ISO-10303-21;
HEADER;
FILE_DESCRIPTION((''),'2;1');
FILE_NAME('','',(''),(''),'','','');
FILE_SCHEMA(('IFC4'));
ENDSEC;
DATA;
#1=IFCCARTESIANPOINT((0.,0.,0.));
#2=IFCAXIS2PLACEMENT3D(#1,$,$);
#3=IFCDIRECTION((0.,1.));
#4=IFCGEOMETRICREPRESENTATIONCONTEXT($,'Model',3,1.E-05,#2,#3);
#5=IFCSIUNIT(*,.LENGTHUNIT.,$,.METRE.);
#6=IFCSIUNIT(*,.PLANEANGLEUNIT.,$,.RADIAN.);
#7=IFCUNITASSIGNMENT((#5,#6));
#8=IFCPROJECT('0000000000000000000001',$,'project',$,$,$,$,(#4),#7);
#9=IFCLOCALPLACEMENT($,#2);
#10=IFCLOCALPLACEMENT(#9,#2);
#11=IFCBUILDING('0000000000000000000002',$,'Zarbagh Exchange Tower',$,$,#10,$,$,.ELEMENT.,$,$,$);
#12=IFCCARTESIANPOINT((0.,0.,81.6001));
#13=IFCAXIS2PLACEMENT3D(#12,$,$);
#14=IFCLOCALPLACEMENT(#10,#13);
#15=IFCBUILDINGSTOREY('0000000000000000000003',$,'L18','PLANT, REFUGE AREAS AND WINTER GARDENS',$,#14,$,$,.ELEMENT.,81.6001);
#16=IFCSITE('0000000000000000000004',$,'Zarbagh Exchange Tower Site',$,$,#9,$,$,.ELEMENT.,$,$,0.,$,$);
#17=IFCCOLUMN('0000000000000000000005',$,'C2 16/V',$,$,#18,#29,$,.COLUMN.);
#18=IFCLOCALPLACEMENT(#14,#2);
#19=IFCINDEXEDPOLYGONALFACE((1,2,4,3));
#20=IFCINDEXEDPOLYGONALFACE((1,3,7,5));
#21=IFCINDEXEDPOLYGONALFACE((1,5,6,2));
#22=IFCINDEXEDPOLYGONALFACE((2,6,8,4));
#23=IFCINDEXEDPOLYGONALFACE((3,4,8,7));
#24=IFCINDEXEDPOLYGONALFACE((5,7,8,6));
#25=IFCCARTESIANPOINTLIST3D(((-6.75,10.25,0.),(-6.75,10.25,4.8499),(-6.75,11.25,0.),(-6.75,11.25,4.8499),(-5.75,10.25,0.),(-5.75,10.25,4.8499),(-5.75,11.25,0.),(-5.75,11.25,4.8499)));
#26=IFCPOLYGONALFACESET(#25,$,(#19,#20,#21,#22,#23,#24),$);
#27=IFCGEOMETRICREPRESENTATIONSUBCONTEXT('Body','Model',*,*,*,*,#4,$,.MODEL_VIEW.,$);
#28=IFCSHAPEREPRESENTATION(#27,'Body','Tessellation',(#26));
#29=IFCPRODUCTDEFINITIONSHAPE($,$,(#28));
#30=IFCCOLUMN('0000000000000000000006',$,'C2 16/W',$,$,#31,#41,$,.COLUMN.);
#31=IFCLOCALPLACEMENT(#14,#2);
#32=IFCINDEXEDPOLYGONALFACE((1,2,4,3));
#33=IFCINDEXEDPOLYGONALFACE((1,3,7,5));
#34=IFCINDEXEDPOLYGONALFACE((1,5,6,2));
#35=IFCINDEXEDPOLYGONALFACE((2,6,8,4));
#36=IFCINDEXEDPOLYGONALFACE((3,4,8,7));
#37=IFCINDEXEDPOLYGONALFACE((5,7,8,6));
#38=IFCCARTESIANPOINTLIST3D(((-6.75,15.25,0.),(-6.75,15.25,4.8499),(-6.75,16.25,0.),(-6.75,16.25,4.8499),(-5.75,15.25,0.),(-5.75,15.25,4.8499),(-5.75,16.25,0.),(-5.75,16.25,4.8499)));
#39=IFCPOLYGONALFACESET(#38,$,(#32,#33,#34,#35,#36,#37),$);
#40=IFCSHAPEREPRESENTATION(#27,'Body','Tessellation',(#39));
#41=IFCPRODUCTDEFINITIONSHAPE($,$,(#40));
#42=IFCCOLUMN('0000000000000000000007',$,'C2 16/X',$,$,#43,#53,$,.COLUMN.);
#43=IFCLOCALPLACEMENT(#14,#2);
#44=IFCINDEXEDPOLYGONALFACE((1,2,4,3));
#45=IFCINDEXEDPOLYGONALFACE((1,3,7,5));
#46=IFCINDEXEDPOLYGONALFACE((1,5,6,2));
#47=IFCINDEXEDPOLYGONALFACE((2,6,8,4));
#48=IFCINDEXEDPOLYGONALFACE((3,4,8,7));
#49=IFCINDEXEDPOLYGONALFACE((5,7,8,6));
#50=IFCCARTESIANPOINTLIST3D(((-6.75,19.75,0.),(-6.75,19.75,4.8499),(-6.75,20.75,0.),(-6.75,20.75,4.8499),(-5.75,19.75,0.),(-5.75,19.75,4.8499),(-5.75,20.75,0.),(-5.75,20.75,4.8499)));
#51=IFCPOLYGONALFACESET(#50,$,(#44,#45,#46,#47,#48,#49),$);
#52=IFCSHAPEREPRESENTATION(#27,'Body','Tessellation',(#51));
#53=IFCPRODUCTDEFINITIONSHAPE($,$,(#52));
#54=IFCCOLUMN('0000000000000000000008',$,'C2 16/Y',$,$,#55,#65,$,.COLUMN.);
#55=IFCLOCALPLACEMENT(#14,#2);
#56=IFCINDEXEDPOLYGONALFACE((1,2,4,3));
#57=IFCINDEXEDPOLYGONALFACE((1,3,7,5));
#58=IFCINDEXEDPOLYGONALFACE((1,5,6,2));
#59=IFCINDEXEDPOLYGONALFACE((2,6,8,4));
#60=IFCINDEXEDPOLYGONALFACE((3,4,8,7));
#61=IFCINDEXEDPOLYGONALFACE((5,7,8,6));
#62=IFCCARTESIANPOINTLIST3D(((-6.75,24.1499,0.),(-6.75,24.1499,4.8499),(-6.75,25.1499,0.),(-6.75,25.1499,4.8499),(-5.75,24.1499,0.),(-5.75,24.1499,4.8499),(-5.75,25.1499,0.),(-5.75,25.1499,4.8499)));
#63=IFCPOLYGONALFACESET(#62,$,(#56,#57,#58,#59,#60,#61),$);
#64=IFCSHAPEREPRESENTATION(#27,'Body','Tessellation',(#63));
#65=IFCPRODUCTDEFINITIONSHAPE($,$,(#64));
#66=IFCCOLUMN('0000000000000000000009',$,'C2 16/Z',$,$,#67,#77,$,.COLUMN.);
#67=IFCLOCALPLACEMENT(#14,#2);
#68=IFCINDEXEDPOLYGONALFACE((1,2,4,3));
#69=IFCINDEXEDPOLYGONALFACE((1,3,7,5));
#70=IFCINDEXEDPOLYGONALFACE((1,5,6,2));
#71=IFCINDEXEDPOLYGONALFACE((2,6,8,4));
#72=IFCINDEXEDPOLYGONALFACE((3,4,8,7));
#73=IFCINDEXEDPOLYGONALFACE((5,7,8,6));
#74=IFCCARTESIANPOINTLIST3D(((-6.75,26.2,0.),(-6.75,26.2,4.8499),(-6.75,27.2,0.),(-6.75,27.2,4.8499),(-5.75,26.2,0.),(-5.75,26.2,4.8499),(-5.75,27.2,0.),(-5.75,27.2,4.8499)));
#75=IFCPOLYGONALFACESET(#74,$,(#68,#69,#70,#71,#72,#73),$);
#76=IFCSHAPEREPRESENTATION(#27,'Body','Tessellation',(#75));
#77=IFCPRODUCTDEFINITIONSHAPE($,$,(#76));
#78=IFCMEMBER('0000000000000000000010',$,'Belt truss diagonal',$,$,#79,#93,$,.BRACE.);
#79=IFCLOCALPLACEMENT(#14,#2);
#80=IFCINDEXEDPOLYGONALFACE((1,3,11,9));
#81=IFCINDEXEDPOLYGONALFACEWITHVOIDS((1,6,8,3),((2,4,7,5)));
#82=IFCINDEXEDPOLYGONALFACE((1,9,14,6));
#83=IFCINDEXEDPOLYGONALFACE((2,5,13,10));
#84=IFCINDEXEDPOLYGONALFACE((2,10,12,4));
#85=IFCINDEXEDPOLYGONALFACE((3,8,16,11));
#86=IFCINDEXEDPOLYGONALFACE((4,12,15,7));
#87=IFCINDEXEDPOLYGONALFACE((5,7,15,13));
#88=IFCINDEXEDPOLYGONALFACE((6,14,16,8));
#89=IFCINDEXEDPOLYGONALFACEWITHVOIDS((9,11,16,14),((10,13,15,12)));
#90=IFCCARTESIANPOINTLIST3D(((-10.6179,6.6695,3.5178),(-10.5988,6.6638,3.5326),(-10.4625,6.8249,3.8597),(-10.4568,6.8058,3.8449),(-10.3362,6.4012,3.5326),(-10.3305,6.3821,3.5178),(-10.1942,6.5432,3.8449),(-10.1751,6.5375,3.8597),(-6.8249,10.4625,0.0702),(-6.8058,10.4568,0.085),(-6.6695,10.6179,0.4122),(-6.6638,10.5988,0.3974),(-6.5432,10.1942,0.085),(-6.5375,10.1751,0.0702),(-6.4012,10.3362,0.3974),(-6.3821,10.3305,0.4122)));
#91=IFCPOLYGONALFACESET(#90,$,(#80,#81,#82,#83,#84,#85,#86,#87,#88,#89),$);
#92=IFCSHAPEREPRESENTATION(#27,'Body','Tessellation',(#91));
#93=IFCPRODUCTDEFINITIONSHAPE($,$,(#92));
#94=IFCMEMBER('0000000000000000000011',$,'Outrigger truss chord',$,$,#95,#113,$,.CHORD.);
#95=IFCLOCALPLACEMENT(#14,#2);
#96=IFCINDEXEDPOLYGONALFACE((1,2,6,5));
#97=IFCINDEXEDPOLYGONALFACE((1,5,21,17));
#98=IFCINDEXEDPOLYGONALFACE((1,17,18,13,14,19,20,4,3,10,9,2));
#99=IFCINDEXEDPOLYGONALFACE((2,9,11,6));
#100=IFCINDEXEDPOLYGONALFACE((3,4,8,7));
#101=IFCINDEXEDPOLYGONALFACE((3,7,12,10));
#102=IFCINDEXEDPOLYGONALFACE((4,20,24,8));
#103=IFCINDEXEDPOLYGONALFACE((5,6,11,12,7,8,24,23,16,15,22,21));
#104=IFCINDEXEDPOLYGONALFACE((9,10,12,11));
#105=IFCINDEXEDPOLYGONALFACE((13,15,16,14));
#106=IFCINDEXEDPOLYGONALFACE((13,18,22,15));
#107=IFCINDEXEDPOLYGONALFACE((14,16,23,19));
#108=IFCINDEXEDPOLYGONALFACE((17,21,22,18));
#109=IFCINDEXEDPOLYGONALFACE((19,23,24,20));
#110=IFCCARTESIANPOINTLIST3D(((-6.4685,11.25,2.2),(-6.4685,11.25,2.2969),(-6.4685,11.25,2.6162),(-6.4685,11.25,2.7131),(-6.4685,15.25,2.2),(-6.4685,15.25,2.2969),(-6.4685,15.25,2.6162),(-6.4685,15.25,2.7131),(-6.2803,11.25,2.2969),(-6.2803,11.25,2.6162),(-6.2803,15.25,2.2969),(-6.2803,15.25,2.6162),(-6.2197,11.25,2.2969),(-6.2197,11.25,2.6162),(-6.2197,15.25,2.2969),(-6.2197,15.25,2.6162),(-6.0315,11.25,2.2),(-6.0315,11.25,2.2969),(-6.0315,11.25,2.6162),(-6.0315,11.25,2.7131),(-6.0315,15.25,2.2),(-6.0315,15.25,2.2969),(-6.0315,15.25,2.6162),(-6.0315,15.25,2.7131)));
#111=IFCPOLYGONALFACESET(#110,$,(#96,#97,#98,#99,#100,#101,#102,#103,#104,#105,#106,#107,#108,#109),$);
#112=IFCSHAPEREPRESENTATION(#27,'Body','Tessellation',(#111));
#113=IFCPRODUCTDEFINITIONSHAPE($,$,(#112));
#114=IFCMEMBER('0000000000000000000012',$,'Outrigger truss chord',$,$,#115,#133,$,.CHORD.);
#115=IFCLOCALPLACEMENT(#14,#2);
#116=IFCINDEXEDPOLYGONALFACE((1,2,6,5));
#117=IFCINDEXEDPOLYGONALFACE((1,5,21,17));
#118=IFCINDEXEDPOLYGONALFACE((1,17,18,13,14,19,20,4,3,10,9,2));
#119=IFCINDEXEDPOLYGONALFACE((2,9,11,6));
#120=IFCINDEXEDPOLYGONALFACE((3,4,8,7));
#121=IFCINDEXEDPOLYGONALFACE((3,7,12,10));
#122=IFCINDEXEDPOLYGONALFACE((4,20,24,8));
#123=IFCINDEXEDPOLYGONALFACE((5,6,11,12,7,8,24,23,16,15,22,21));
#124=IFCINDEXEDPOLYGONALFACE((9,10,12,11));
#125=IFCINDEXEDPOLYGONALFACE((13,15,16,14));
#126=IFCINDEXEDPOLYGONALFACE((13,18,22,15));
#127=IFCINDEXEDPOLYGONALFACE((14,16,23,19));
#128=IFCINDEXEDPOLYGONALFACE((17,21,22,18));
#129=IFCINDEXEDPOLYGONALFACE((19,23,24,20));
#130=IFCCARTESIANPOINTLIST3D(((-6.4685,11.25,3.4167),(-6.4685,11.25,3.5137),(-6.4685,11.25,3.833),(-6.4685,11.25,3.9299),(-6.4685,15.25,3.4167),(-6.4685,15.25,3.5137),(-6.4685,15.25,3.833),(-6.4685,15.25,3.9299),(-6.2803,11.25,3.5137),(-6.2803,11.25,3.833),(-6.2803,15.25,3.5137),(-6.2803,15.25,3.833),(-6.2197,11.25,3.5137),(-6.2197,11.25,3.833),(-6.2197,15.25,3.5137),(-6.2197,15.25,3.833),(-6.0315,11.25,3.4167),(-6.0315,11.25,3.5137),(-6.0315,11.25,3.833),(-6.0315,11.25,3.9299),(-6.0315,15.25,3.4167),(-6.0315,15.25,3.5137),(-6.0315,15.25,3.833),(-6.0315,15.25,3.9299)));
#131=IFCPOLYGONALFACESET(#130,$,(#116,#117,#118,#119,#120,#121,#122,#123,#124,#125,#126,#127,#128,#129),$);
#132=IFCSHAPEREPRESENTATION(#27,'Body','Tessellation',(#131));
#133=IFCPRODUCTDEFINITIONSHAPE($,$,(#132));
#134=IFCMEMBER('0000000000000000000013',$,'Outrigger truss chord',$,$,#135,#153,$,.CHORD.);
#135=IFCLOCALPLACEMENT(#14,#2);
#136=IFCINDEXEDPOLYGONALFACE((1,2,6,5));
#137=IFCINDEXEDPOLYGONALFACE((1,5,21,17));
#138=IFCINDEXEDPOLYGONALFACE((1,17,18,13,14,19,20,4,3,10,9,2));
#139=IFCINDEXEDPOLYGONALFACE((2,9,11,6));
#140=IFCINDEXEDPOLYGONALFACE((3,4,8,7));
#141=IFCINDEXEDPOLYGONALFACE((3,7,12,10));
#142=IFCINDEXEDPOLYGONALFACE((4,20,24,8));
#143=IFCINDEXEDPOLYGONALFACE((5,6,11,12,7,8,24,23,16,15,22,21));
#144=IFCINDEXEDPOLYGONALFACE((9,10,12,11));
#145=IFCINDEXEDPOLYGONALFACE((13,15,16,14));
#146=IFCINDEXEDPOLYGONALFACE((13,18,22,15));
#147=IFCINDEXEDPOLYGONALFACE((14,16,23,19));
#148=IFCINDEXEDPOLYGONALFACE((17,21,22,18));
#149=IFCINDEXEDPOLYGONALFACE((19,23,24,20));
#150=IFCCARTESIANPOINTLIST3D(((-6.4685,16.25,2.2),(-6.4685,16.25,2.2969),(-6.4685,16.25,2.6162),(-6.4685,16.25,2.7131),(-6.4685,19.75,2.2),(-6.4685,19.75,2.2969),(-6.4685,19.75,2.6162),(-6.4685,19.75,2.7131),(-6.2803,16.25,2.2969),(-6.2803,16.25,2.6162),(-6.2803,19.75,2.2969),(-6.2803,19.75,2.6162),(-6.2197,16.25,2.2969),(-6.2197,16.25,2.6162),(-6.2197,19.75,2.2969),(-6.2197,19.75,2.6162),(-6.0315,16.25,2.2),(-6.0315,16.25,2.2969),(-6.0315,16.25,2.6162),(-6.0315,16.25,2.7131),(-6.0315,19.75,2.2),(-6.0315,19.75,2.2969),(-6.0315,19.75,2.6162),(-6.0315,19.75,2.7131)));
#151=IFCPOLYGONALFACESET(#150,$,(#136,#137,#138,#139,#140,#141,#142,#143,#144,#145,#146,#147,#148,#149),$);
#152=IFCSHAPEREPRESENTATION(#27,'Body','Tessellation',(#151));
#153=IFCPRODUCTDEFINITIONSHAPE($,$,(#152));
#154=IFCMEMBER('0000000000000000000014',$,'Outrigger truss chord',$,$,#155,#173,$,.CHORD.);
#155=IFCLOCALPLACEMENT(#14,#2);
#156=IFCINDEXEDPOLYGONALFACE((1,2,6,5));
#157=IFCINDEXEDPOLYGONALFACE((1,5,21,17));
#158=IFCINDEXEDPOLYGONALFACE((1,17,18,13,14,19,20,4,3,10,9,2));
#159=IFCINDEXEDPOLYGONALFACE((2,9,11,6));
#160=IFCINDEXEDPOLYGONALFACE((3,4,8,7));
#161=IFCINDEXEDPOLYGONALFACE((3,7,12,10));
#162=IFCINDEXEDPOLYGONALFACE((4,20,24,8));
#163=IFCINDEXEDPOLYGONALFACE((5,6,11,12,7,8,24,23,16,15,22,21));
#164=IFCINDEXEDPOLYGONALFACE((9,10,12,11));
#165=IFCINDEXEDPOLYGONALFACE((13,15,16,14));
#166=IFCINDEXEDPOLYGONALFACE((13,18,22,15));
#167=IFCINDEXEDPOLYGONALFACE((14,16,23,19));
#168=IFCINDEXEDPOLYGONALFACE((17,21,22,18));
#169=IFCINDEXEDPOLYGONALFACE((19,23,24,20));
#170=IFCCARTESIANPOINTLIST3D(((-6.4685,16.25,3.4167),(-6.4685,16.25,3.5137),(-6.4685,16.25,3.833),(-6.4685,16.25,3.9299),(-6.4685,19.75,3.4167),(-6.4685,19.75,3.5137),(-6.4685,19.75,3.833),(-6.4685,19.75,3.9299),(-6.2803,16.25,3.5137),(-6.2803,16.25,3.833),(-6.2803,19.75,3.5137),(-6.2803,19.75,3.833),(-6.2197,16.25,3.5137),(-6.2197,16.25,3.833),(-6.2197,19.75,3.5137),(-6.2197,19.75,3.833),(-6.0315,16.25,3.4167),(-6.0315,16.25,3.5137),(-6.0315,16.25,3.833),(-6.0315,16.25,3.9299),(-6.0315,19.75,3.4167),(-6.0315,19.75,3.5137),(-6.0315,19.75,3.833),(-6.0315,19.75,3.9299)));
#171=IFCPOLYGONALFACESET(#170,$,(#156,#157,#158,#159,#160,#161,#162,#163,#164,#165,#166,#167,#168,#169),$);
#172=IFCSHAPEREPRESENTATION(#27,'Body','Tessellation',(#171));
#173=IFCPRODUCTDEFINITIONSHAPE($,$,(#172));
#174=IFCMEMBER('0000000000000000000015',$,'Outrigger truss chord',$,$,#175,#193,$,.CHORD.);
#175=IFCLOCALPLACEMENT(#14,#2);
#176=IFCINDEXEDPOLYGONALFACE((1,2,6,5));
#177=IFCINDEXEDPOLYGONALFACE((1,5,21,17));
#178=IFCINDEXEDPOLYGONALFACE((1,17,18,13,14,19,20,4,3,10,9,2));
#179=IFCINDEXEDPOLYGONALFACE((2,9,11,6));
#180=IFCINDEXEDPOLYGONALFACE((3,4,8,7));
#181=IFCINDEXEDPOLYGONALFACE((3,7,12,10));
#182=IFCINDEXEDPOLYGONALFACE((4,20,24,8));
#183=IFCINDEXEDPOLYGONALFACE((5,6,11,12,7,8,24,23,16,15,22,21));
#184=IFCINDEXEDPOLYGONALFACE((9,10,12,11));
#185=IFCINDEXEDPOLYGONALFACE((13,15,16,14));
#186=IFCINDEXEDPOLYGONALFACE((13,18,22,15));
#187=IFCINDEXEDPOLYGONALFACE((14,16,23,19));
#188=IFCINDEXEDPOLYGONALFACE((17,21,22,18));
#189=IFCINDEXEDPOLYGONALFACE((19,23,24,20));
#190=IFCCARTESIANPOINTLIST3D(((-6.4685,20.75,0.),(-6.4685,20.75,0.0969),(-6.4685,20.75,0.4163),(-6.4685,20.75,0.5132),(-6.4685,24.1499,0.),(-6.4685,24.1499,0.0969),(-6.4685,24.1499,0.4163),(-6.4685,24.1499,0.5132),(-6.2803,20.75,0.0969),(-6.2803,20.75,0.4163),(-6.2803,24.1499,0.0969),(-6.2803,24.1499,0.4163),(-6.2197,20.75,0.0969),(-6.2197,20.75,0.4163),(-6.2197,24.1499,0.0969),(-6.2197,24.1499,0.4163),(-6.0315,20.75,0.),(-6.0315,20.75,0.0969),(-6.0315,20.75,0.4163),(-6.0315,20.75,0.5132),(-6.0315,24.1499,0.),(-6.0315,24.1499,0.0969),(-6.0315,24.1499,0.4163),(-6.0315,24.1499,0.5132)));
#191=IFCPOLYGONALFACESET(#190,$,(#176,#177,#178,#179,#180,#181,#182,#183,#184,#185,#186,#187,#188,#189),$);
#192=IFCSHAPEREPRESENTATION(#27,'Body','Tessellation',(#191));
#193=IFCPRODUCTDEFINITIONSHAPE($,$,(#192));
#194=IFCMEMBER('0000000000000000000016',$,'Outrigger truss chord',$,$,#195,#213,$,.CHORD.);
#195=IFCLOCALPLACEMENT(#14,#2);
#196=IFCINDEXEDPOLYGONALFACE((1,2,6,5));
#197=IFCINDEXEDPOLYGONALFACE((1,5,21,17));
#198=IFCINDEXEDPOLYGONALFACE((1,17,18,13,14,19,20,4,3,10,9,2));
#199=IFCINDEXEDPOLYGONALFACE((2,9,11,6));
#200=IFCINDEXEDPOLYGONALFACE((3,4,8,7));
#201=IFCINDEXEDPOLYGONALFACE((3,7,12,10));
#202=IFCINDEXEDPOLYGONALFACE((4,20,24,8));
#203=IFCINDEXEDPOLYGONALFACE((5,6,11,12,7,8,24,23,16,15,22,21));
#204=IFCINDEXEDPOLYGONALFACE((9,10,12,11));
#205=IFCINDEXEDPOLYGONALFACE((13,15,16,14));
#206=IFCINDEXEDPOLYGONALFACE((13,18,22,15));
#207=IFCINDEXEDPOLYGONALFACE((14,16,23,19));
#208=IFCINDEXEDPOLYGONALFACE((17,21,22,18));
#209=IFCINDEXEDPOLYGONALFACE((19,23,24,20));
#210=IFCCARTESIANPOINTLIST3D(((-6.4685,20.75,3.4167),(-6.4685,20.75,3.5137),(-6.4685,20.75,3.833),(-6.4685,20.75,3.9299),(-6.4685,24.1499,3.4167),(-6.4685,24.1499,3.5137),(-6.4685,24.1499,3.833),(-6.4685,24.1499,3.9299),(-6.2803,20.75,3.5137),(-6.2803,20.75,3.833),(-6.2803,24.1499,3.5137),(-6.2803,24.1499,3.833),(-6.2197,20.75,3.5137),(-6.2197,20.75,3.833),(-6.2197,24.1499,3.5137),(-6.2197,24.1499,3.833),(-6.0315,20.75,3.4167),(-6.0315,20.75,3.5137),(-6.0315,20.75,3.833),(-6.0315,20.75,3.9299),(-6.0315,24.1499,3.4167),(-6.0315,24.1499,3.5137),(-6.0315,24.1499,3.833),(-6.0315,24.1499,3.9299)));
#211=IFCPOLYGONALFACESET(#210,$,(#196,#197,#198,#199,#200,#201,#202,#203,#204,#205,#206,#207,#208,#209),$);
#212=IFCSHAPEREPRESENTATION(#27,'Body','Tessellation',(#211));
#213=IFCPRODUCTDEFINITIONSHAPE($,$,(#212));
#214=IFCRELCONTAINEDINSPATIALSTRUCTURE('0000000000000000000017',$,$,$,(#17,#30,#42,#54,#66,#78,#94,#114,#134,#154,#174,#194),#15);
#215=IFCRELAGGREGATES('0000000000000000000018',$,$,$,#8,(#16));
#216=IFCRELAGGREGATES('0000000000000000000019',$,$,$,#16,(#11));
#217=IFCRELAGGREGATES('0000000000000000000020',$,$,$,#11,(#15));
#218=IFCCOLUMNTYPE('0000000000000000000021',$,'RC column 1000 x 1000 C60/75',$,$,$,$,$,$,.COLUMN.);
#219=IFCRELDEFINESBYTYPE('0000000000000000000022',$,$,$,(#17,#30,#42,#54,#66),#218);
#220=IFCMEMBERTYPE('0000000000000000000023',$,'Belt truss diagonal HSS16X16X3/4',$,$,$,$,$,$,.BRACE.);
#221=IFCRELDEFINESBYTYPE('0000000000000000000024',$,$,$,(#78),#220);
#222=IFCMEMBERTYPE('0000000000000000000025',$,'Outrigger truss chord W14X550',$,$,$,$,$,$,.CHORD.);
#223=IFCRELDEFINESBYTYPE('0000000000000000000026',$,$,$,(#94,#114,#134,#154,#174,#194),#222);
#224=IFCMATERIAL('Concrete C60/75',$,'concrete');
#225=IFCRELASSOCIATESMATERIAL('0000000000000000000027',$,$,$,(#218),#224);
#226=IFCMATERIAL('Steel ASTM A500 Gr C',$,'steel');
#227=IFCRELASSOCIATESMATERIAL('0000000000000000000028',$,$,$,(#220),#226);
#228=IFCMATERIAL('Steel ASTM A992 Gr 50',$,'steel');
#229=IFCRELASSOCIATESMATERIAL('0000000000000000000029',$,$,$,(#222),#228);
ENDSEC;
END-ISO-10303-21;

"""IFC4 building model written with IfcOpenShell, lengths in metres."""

from ifc_helpers import new_model, si_unit, direction, frame, origin, origin_2d, place, context, subcontext, project, spatial, rectangle, hollow_rectangle, i_section, extrude, material, material_profile, profile_set, type_object, element, save


model = new_model("IFC4")

# Units and contexts
model_context = context("Model", 3, precision=1e-05, world=origin(), true_north=direction((0.0, 1.0)))
body_context = subcontext(model_context, "Body", "Model", "MODEL_VIEW")
ifc_project = project(units=[si_unit("LENGTHUNIT", "METRE"), si_unit("PLANEANGLEUNIT", "RADIAN")], contexts=[model_context])

# Site, building, storey
site_placement = place(None, origin())
site = spatial("IfcSite", under=ifc_project, at=site_placement, Name="Zarbagh Exchange Tower Site", CompositionType="ELEMENT", RefElevation=0.0)
building_placement = place(site_placement, origin())
building = spatial("IfcBuilding", under=site, at=building_placement, Name="Zarbagh Exchange Tower", CompositionType="ELEMENT")
storey_placement = place(building_placement, frame((0.0, 0.0, 81.6001)))
storey = spatial("IfcBuildingStorey", under=building, at=storey_placement, Name="L18", Description="PLANT, REFUGE AREAS AND WINTER GARDENS", CompositionType="ELEMENT", Elevation=81.6001)

# Columns
ifc_material_1 = material(Name="Concrete C60/75", Category="concrete")
ifc_material_profile_1 = material_profile(ifc_material_1, rectangle(XDim=1.0, YDim=1.0, at=origin_2d()), Name="RC column 1000 x 1000 C60/75")
ifc_profile_set_1 = profile_set([ifc_material_profile_1], Name="Concrete C60/75")
column_type = type_object("IfcColumnType", Name="RC column 1000 x 1000 C60/75", PredefinedType="COLUMN", material=ifc_profile_set_1)
for number, where, z_axis, x_axis, name in (
    (1, (-6.25, 10.75, 0.0), (0.0, 0.0, 1.0), (1.0, 0.0, 0.0), "C2 16/V"),
    (2, (-6.25, 15.75, 0.0), (0.0, 0.0, 1.0), (1.0, 0.0, 0.0), "C2 16/W"),
    (3, (-6.25, 20.25, 0.0), (0.0, 0.0, 1.0), (1.0, 0.0, 0.0), "C2 16/X"),
    (4, (-6.25, 24.6499, 0.0), (0.0, 0.0, 1.0), (1.0, 0.0, 0.0), "C2 16/Y"),
    (5, (-6.25, 26.7, 0.0), (0.0, 0.0, 1.0), (1.0, 0.0, 0.0), "C2 16/Z"),
):
    element("IfcColumn", number, at=place(storey_placement, frame(where, z_axis=z_axis, x_axis=x_axis)), inside=storey, type_object=column_type, Name=name, PredefinedType="COLUMN", context=body_context, shape_type="SweptSolid", body=[
        extrude(rectangle(XDim=1.0, YDim=1.0, at=origin_2d()), origin(), (0.0, 0.0, 1.0), 4.8499),
    ])

# Members
ifc_material_2 = material(Name="Steel ASTM A500 Gr C", Category="steel")
ifc_material_profile_2 = material_profile(ifc_material_2, hollow_rectangle(XDim=0.4065, YDim=0.4065, WallThickness=0.0176, at=origin_2d()), Name="HSS16X16X3/4")
ifc_profile_set_2 = profile_set([ifc_material_profile_2], Name="Steel ASTM A500 Gr C")
member_type_1 = type_object("IfcMemberType", Name="Belt truss diagonal HSS16X16X3/4", PredefinedType="BRACE", material=ifc_profile_set_2)
member_1_placement = place(storey_placement, frame((-6.6035, 10.3965, 0.2412), z_axis=(-0.594844, -0.594844, 0.540667), x_axis=(0.707107, -0.707107, 0.0)))
element("IfcMember", 6, at=member_1_placement, inside=storey, type_object=member_type_1, Name="Belt truss diagonal", PredefinedType="BRACE", context=body_context, shape_type="SweptSolid", body=[
    extrude(hollow_rectangle(XDim=0.4065, YDim=0.4065, WallThickness=0.0176, at=origin_2d()), origin(), (0.0, 0.0, 1.0), 6.3765),
])
ifc_material_3 = material(Name="Steel ASTM A992 Gr 50", Category="steel")
ifc_material_profile_3 = material_profile(ifc_material_3, i_section(OverallWidth=0.437, OverallDepth=0.5132, WebThickness=0.0605, FlangeThickness=0.0969, at=origin_2d()), Name="W14X550")
ifc_profile_set_3 = profile_set([ifc_material_profile_3], Name="Steel ASTM A992 Gr 50")
member_type_2 = type_object("IfcMemberType", Name="Outrigger truss chord W14X550", PredefinedType="CHORD", material=ifc_profile_set_3)
for number, where, z_axis, x_axis, name in (
    (7, (-6.25, 11.25, 2.4565), (0.0, 1.0, 0.0), (-1.0, 0.0, 0.0), "Outrigger truss chord"),
    (8, (-6.25, 11.25, 3.6733), (0.0, 1.0, 0.0), (-1.0, 0.0, 0.0), "Outrigger truss chord"),
):
    element("IfcMember", number, at=place(storey_placement, frame(where, z_axis=z_axis, x_axis=x_axis)), inside=storey, type_object=member_type_2, Name=name, PredefinedType="CHORD", context=body_context, shape_type="SweptSolid", body=[
        extrude(i_section(OverallWidth=0.437, OverallDepth=0.5132, WebThickness=0.0605, FlangeThickness=0.0969, at=origin_2d()), origin(), (0.0, 0.0, 1.0), 4.0),
    ])
for number, where, z_axis, x_axis, name in (
    (9, (-6.25, 16.25, 2.4565), (0.0, 1.0, 0.0), (-1.0, 0.0, 0.0), "Outrigger truss chord"),
    (10, (-6.25, 16.25, 3.6733), (0.0, 1.0, 0.0), (-1.0, 0.0, 0.0), "Outrigger truss chord"),
):
    element("IfcMember", number, at=place(storey_placement, frame(where, z_axis=z_axis, x_axis=x_axis)), inside=storey, type_object=member_type_2, Name=name, PredefinedType="CHORD", context=body_context, shape_type="SweptSolid", body=[
        extrude(i_section(OverallWidth=0.437, OverallDepth=0.5132, WebThickness=0.0605, FlangeThickness=0.0969, at=origin_2d()), origin(), (0.0, 0.0, 1.0), 3.5),
    ])
for number, where, z_axis, x_axis, name in (
    (11, (-6.25, 20.75, 0.2566), (0.0, 1.0, 0.0), (-1.0, 0.0, 0.0), "Outrigger truss chord"),
    (12, (-6.25, 20.75, 3.6733), (0.0, 1.0, 0.0), (-1.0, 0.0, 0.0), "Outrigger truss chord"),
):
    element("IfcMember", number, at=place(storey_placement, frame(where, z_axis=z_axis, x_axis=x_axis)), inside=storey, type_object=member_type_2, Name=name, PredefinedType="CHORD", context=body_context, shape_type="SweptSolid", body=[
        extrude(i_section(OverallWidth=0.437, OverallDepth=0.5132, WebThickness=0.0605, FlangeThickness=0.0969, at=origin_2d()), origin(), (0.0, 0.0, 1.0), 3.3999),
    ])

save(model, "model.ifc")
